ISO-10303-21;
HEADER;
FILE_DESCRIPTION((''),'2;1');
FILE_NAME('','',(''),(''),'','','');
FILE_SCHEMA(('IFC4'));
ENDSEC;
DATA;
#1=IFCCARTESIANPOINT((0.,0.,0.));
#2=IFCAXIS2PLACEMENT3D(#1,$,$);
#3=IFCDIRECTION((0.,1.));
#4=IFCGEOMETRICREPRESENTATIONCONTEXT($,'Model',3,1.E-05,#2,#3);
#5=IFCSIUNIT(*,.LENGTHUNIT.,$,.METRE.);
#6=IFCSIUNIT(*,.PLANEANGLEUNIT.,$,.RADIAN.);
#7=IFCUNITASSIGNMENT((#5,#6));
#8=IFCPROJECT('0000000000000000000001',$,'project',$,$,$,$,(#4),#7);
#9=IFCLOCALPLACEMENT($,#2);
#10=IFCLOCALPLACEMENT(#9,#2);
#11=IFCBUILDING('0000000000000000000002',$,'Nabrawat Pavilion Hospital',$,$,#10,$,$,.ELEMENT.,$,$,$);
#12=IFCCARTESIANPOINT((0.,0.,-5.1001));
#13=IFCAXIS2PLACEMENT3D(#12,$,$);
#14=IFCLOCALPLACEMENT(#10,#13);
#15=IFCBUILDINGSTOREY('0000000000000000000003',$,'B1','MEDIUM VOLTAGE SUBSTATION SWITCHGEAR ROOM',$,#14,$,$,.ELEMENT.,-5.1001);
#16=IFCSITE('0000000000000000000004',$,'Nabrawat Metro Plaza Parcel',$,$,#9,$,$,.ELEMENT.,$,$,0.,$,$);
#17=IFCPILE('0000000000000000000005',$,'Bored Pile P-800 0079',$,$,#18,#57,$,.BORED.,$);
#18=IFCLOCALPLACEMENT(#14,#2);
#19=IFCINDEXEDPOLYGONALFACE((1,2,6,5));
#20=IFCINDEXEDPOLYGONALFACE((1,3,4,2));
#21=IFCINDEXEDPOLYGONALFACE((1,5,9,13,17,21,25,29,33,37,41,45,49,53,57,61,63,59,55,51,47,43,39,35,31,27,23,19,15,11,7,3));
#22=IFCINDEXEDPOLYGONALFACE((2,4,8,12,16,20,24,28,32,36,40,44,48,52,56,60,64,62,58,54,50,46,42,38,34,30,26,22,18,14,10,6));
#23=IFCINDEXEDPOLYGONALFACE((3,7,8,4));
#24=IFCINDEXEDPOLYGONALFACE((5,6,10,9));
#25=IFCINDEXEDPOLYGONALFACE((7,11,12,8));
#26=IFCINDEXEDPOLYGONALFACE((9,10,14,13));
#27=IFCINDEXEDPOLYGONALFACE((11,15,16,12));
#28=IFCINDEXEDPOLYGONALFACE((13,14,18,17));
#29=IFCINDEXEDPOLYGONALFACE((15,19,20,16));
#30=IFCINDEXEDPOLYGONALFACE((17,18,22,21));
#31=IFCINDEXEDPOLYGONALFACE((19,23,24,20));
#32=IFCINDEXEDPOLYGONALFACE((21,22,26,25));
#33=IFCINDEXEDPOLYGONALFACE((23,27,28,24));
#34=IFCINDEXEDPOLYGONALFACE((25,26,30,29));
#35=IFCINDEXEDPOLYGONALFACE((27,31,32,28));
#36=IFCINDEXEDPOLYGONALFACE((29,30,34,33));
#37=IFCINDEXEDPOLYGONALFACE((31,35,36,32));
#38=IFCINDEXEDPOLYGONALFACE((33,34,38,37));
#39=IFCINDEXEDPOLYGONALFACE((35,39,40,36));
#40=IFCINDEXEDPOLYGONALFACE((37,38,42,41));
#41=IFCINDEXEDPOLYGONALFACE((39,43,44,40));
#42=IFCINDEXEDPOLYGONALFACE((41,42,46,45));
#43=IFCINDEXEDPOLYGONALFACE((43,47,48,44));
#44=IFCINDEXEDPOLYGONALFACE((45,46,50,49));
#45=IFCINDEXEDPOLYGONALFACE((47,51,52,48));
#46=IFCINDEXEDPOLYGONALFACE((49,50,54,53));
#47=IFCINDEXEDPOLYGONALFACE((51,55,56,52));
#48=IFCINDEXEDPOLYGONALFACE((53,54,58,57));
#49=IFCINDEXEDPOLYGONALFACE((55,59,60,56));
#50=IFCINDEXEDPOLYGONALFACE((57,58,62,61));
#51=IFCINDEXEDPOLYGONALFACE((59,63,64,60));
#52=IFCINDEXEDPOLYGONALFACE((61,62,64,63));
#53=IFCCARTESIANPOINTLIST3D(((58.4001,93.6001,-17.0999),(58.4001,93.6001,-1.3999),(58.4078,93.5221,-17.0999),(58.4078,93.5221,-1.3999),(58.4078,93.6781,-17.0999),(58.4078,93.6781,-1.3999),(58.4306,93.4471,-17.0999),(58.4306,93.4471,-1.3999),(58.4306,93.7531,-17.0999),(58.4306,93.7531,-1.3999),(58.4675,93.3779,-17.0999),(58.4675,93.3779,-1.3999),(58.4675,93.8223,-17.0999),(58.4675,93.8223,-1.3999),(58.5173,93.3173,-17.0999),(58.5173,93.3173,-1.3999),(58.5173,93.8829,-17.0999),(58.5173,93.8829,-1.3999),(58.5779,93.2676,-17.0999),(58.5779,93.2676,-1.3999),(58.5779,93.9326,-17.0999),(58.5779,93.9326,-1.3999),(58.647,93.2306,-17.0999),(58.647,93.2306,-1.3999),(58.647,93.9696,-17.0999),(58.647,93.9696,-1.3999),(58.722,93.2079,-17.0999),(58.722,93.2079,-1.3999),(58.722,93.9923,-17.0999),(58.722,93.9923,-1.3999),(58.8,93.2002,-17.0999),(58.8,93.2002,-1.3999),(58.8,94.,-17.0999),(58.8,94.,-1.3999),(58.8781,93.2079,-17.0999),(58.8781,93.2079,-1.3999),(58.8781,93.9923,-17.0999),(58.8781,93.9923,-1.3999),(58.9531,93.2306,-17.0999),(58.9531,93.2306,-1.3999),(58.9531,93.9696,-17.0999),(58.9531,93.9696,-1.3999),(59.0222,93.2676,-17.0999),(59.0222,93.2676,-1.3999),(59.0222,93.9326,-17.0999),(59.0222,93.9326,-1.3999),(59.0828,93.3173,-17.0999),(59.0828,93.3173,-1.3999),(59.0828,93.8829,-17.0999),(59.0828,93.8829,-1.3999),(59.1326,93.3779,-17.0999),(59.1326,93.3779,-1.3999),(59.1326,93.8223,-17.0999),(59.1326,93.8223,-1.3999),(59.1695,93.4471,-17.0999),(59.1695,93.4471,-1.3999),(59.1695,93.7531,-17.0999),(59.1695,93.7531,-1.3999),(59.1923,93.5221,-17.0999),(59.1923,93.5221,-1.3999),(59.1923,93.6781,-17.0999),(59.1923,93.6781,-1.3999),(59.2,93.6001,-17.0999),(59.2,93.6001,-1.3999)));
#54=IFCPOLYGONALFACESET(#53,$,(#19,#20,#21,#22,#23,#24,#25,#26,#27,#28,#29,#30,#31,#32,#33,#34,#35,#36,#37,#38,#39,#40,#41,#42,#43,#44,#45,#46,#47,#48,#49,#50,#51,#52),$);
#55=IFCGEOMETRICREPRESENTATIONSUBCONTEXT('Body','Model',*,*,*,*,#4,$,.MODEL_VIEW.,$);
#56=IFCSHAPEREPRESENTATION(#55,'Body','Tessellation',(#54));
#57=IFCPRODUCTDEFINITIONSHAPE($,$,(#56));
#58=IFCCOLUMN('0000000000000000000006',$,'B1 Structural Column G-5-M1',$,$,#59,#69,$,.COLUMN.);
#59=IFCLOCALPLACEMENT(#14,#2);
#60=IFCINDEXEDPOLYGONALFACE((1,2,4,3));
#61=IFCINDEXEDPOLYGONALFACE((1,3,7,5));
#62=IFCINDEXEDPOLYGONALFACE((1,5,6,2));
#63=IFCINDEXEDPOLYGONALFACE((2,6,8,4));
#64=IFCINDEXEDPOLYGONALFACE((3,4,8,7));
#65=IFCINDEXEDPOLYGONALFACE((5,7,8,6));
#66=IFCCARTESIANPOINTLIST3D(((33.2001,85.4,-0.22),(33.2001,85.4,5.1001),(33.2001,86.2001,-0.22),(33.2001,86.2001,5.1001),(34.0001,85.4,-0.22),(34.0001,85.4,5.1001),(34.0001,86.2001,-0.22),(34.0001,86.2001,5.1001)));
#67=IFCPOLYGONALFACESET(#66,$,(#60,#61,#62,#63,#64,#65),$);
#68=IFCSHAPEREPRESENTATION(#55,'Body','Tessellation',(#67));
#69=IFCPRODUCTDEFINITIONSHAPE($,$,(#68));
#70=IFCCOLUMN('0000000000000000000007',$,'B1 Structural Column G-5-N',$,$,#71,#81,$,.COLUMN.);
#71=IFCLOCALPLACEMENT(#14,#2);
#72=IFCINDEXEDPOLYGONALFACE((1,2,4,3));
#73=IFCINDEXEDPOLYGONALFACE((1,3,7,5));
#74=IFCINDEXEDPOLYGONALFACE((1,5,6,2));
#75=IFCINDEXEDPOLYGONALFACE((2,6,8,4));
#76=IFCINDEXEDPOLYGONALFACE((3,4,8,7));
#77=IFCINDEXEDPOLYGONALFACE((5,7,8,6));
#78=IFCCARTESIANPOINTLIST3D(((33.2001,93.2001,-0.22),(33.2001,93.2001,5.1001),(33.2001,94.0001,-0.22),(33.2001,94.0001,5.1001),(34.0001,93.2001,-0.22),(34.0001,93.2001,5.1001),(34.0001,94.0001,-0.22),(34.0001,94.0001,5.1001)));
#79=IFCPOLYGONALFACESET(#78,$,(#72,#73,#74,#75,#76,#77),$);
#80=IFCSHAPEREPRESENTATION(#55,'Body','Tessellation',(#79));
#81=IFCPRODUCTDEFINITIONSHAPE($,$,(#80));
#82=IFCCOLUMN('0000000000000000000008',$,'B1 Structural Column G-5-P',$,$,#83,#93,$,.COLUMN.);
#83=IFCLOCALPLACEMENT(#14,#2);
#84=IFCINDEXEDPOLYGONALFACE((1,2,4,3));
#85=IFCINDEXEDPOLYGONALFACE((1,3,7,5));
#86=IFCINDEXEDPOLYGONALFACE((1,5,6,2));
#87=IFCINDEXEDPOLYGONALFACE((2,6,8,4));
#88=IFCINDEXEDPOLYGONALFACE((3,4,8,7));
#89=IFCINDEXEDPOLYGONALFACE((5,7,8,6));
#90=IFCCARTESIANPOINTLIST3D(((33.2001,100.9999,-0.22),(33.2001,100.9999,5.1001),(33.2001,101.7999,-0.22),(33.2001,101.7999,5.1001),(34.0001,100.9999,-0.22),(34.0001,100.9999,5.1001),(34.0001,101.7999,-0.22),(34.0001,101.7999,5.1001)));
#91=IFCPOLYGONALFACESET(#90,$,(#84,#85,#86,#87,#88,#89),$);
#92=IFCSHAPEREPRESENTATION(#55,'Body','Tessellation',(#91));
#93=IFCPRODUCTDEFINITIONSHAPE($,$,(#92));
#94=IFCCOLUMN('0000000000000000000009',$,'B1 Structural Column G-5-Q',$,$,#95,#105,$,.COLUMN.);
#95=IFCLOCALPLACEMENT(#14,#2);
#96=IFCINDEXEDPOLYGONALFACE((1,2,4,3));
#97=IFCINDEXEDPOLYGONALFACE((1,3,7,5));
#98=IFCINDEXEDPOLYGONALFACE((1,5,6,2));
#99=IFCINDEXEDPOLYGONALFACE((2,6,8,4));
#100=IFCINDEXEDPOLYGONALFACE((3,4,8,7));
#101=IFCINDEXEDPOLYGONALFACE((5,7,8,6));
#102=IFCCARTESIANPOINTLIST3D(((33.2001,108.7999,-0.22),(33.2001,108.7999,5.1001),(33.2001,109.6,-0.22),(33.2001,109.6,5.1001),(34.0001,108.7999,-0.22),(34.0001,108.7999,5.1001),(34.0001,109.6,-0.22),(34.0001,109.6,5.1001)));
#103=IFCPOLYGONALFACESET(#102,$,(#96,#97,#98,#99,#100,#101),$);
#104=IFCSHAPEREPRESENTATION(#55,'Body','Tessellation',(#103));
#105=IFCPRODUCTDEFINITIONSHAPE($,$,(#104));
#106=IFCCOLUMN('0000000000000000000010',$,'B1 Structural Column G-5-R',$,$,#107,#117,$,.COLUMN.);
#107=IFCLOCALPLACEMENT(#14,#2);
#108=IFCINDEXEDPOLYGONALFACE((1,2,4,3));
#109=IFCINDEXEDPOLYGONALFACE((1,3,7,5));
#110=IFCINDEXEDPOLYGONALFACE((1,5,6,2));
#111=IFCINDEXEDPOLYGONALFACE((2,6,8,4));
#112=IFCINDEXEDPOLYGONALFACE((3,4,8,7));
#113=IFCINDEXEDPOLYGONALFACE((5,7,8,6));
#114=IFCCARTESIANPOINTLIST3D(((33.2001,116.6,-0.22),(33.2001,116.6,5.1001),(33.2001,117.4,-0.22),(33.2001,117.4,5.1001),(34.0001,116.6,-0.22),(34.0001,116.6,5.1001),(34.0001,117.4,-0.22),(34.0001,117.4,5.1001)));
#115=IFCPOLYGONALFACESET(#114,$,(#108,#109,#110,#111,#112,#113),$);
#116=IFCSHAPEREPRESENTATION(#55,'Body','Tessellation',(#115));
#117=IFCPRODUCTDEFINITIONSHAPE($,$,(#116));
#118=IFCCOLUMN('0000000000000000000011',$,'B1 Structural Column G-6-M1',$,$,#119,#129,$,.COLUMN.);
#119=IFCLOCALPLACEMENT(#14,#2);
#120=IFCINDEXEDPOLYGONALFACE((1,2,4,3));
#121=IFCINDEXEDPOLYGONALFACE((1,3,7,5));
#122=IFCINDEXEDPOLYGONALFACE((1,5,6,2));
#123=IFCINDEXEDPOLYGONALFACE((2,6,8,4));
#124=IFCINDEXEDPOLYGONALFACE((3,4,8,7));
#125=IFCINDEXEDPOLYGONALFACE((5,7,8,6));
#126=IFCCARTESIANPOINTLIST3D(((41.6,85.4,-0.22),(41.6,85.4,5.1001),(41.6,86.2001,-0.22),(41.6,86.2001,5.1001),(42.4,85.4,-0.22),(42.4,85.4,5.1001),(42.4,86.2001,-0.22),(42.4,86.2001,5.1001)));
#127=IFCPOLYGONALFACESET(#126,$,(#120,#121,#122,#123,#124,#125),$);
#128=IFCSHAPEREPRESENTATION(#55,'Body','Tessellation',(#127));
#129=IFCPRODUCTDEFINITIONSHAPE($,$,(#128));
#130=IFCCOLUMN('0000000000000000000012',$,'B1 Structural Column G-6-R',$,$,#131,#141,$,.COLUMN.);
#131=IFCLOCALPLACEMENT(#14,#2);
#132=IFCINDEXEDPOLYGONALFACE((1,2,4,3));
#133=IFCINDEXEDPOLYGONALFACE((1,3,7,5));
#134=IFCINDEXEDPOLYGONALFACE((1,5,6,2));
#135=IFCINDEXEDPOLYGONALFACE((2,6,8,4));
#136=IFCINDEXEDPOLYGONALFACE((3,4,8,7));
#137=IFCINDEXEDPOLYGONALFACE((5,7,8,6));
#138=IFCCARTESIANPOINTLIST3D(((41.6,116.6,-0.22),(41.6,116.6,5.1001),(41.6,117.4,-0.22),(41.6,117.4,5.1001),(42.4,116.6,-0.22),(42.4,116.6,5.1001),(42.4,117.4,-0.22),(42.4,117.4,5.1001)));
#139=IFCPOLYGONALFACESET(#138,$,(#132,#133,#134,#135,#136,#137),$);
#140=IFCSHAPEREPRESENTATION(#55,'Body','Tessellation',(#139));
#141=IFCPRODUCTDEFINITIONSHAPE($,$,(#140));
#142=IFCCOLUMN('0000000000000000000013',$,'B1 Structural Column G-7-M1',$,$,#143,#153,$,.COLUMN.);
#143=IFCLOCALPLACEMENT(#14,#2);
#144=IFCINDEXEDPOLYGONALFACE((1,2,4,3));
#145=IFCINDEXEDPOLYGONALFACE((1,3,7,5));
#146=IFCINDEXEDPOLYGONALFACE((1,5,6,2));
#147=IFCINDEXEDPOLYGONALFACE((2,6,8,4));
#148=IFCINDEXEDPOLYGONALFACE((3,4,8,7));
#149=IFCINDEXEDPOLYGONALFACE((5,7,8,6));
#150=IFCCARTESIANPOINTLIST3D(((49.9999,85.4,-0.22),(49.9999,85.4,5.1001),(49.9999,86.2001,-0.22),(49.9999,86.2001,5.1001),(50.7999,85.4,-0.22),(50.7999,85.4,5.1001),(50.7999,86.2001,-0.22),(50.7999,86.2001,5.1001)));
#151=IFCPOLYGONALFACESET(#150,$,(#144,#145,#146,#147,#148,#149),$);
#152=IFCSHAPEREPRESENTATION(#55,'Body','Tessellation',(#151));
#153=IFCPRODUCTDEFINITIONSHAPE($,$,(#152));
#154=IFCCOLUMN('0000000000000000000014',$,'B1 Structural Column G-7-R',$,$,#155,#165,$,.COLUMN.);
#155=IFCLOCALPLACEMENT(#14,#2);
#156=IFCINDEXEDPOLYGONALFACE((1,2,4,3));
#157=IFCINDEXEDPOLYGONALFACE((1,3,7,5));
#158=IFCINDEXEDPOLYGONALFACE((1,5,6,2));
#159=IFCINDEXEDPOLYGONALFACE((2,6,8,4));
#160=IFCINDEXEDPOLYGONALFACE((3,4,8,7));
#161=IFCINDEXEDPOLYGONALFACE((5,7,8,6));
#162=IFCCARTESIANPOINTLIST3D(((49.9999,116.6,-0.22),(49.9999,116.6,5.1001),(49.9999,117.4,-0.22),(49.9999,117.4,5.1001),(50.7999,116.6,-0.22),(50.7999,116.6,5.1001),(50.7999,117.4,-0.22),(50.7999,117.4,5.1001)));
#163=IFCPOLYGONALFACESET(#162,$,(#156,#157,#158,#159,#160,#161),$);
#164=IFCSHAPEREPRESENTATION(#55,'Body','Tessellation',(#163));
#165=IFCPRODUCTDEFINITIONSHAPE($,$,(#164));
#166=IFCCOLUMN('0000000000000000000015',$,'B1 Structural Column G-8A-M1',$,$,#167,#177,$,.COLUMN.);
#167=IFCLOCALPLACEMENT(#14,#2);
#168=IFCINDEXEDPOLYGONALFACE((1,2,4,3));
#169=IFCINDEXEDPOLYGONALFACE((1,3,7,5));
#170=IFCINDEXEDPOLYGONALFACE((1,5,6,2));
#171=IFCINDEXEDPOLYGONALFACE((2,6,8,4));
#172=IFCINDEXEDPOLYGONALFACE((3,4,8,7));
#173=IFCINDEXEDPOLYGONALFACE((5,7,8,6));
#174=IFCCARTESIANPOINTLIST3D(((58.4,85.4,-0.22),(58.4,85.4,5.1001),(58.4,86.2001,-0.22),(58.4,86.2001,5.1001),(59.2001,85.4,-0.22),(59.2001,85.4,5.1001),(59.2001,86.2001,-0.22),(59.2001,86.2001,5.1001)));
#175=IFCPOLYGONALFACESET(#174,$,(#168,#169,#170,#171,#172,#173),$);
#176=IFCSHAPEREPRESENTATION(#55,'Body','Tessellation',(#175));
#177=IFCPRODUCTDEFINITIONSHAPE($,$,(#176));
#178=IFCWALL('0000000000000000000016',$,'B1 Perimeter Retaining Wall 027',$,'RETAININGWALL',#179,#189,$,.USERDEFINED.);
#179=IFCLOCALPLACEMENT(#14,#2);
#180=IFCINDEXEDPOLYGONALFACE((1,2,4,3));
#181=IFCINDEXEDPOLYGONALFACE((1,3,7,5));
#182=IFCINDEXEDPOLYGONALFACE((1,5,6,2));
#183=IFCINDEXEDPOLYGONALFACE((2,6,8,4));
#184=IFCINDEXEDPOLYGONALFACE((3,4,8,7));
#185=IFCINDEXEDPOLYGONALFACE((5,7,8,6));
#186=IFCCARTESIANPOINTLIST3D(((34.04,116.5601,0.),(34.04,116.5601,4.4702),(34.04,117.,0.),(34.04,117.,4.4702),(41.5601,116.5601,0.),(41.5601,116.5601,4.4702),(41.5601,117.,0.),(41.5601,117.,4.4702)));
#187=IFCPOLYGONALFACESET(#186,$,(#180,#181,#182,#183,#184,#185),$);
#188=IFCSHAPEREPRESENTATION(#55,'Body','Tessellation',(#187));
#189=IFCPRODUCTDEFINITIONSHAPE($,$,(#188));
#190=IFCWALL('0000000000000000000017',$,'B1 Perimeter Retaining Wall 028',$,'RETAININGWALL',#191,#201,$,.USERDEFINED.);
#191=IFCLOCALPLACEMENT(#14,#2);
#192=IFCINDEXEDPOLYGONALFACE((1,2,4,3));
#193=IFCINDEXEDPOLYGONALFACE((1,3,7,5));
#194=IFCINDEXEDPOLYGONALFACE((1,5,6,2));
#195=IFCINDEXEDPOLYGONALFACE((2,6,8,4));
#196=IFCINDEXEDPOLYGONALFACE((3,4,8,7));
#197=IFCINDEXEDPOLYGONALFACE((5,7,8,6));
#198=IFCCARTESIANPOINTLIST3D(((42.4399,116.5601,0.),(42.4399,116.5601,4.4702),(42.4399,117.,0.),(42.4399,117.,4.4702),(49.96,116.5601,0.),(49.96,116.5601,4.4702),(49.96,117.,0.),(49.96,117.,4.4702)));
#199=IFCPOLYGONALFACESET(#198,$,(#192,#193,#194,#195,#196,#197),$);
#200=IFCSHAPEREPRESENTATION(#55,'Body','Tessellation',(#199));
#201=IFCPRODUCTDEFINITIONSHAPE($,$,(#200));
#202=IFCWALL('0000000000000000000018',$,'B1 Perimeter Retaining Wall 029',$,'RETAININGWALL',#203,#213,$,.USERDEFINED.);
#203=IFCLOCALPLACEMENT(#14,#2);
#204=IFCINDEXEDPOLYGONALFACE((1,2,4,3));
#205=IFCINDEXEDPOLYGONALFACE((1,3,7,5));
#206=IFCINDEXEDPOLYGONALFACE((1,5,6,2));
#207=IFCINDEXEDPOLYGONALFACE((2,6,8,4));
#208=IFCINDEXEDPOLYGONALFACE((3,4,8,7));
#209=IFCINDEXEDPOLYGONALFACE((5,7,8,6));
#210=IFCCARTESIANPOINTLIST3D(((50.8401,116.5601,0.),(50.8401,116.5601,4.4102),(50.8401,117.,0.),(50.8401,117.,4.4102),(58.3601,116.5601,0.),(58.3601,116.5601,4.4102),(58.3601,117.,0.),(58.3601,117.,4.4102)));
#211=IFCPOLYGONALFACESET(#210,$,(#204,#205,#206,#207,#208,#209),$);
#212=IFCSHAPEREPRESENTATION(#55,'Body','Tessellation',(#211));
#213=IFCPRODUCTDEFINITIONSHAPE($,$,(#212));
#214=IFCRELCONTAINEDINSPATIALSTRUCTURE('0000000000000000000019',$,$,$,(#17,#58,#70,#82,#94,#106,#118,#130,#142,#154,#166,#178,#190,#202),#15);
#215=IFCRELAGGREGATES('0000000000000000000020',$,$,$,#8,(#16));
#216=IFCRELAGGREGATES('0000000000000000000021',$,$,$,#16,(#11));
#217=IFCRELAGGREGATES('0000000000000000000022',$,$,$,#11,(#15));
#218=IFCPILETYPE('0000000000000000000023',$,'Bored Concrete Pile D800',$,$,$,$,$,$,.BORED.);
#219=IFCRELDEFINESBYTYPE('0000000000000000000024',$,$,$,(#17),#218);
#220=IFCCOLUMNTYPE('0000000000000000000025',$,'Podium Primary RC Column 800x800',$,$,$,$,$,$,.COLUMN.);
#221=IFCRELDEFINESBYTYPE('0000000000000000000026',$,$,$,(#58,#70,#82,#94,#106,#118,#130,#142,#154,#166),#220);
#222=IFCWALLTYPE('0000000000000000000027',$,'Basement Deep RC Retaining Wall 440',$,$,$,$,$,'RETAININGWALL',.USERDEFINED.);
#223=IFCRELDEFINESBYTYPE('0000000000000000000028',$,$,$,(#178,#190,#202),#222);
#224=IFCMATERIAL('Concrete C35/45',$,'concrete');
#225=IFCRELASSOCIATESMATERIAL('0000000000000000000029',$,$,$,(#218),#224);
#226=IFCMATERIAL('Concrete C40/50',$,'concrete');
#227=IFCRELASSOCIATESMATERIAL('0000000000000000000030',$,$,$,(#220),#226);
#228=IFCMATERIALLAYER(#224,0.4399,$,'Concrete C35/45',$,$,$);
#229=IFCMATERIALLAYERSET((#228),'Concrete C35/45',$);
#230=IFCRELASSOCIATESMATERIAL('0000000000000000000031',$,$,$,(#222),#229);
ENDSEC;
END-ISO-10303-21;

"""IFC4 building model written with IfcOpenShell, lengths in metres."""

from ifc_helpers import new_model, si_unit, direction, frame, frame_2d, origin, origin_2d, place, context, subcontext, project, spatial, rectangle, circle, extrude, material, layer, layer_set, material_profile, profile_set, type_object, element, save


model = new_model("IFC4")

# Units and contexts
model_context = context("Model", 3, precision=1e-05, world=origin(), true_north=direction((0.0, 1.0)))
body_context = subcontext(model_context, "Body", "Model", "MODEL_VIEW")
ifc_project = project(units=[si_unit("LENGTHUNIT", "METRE"), si_unit("PLANEANGLEUNIT", "RADIAN")], contexts=[model_context])

# Site, building, storey
site_placement = place(None, origin())
site = spatial("IfcSite", under=ifc_project, at=site_placement, Name="Nabrawat Metro Plaza Parcel", CompositionType="ELEMENT", RefElevation=0.0)
building_placement = place(site_placement, origin())
building = spatial("IfcBuilding", under=site, at=building_placement, Name="Nabrawat Pavilion Hospital", CompositionType="ELEMENT")
storey_placement = place(building_placement, frame((0.0, 0.0, -5.1001)))
storey = spatial("IfcBuildingStorey", under=building, at=storey_placement, Name="B1", Description="MEDIUM VOLTAGE SUBSTATION SWITCHGEAR ROOM", CompositionType="ELEMENT", Elevation=-5.1001)

# Pile
ifc_material_1 = material(Name="Concrete C35/45", Category="concrete")
ifc_material_profile_1 = material_profile(ifc_material_1, circle(Radius=0.3999, at=origin_2d()), Name="DIA 800")
ifc_profile_set_1 = profile_set([ifc_material_profile_1], Name="Concrete C35/45")
pile_type = type_object("IfcPileType", Name="Bored Concrete Pile D800", PredefinedType="BORED", material=ifc_profile_set_1)
for number, where, z_axis, x_axis, name in (
    (1, (58.8, 93.6001, -1.3999), (0.0, 0.0, -1.0), (1.0, 0.0, 0.0), "Bored Pile P-800 0079"),
):
    element("IfcPile", number, at=place(storey_placement, frame(where, z_axis=z_axis, x_axis=x_axis)), inside=storey, type_object=pile_type, Name=name, PredefinedType="BORED", context=body_context, shape_type="SweptSolid", body=[
        extrude(circle(Radius=0.3999, at=origin_2d()), origin(), (0.0, 0.0, 1.0), 15.7),
    ])

# Columns
ifc_material_2 = material(Name="Concrete C40/50", Category="concrete")
ifc_material_profile_2 = material_profile(ifc_material_2, rectangle(XDim=0.8, YDim=0.8, at=origin_2d()), Name="RC 800x800")
ifc_profile_set_2 = profile_set([ifc_material_profile_2], Name="Concrete C40/50")
column_type = type_object("IfcColumnType", Name="Podium Primary RC Column 800x800", PredefinedType="COLUMN", material=ifc_profile_set_2)
for number, where, z_axis, x_axis, name in (
    (2, (33.6001, 85.8, -0.22), (0.0, 0.0, 1.0), (1.0, 0.0, 0.0), "B1 Structural Column G-5-M1"),
    (3, (33.6001, 93.6001, -0.22), (0.0, 0.0, 1.0), (1.0, 0.0, 0.0), "B1 Structural Column G-5-N"),
    (4, (33.6001, 101.3999, -0.22), (0.0, 0.0, 1.0), (1.0, 0.0, 0.0), "B1 Structural Column G-5-P"),
    (5, (33.6001, 109.2, -0.22), (0.0, 0.0, 1.0), (1.0, 0.0, 0.0), "B1 Structural Column G-5-Q"),
    (6, (33.6001, 117.0, -0.22), (0.0, 0.0, 1.0), (1.0, 0.0, 0.0), "B1 Structural Column G-5-R"),
    (7, (42.0, 85.8, -0.22), (0.0, 0.0, 1.0), (1.0, 0.0, 0.0), "B1 Structural Column G-6-M1"),
    (8, (42.0, 117.0, -0.22), (0.0, 0.0, 1.0), (1.0, 0.0, 0.0), "B1 Structural Column G-6-R"),
    (9, (50.3999, 85.8, -0.22), (0.0, 0.0, 1.0), (1.0, 0.0, 0.0), "B1 Structural Column G-7-M1"),
    (10, (50.3999, 117.0, -0.22), (0.0, 0.0, 1.0), (1.0, 0.0, 0.0), "B1 Structural Column G-7-R"),
    (11, (58.8, 85.8, -0.22), (0.0, 0.0, 1.0), (1.0, 0.0, 0.0), "B1 Structural Column G-8A-M1"),
):
    element("IfcColumn", number, at=place(storey_placement, frame(where, z_axis=z_axis, x_axis=x_axis)), inside=storey, type_object=column_type, Name=name, PredefinedType="COLUMN", context=body_context, shape_type="SweptSolid", body=[
        extrude(rectangle(XDim=0.8, YDim=0.8, at=origin_2d()), origin(), (0.0, 0.0, 1.0), 5.3201),
    ])

# Walls
ifc_layer = layer(ifc_material_1, 0.4399, Name="Concrete C35/45")
ifc_layer_set = layer_set([ifc_layer], Name="Concrete C35/45")
wall_type = type_object("IfcWallType", Name="Basement Deep RC Retaining Wall 440", ElementType="RETAININGWALL", PredefinedType="USERDEFINED", material=ifc_layer_set)
for number, where, z_axis, x_axis, name in (
    (12, (34.04, 116.78, 0.0), (0.0, 0.0, 1.0), (1.0, 0.0, 0.0), "B1 Perimeter Retaining Wall 027"),
    (13, (42.4399, 116.78, 0.0), (0.0, 0.0, 1.0), (1.0, 0.0, 0.0), "B1 Perimeter Retaining Wall 028"),
):
    element("IfcWall", number, at=place(storey_placement, frame(where, z_axis=z_axis, x_axis=x_axis)), inside=storey, type_object=wall_type, Name=name, ObjectType="RETAININGWALL", PredefinedType="USERDEFINED", context=body_context, shape_type="SweptSolid", body=[
        extrude(rectangle(XDim=7.52, YDim=0.4399, at=frame_2d((3.76, 0.0))), origin(), (0.0, 0.0, 1.0), 4.4702),
    ])
wall_placement = place(storey_placement, frame((50.8401, 116.78, 0.0), z_axis=(0.0, 0.0, 1.0), x_axis=(1.0, 0.0, 0.0)))
element("IfcWall", 14, at=wall_placement, inside=storey, type_object=wall_type, Name="B1 Perimeter Retaining Wall 029", ObjectType="RETAININGWALL", PredefinedType="USERDEFINED", context=body_context, shape_type="SweptSolid", body=[
    extrude(rectangle(XDim=7.52, YDim=0.4399, at=frame_2d((3.76, 0.0))), origin(), (0.0, 0.0, 1.0), 4.4102),
])

save(model, "model.ifc")
